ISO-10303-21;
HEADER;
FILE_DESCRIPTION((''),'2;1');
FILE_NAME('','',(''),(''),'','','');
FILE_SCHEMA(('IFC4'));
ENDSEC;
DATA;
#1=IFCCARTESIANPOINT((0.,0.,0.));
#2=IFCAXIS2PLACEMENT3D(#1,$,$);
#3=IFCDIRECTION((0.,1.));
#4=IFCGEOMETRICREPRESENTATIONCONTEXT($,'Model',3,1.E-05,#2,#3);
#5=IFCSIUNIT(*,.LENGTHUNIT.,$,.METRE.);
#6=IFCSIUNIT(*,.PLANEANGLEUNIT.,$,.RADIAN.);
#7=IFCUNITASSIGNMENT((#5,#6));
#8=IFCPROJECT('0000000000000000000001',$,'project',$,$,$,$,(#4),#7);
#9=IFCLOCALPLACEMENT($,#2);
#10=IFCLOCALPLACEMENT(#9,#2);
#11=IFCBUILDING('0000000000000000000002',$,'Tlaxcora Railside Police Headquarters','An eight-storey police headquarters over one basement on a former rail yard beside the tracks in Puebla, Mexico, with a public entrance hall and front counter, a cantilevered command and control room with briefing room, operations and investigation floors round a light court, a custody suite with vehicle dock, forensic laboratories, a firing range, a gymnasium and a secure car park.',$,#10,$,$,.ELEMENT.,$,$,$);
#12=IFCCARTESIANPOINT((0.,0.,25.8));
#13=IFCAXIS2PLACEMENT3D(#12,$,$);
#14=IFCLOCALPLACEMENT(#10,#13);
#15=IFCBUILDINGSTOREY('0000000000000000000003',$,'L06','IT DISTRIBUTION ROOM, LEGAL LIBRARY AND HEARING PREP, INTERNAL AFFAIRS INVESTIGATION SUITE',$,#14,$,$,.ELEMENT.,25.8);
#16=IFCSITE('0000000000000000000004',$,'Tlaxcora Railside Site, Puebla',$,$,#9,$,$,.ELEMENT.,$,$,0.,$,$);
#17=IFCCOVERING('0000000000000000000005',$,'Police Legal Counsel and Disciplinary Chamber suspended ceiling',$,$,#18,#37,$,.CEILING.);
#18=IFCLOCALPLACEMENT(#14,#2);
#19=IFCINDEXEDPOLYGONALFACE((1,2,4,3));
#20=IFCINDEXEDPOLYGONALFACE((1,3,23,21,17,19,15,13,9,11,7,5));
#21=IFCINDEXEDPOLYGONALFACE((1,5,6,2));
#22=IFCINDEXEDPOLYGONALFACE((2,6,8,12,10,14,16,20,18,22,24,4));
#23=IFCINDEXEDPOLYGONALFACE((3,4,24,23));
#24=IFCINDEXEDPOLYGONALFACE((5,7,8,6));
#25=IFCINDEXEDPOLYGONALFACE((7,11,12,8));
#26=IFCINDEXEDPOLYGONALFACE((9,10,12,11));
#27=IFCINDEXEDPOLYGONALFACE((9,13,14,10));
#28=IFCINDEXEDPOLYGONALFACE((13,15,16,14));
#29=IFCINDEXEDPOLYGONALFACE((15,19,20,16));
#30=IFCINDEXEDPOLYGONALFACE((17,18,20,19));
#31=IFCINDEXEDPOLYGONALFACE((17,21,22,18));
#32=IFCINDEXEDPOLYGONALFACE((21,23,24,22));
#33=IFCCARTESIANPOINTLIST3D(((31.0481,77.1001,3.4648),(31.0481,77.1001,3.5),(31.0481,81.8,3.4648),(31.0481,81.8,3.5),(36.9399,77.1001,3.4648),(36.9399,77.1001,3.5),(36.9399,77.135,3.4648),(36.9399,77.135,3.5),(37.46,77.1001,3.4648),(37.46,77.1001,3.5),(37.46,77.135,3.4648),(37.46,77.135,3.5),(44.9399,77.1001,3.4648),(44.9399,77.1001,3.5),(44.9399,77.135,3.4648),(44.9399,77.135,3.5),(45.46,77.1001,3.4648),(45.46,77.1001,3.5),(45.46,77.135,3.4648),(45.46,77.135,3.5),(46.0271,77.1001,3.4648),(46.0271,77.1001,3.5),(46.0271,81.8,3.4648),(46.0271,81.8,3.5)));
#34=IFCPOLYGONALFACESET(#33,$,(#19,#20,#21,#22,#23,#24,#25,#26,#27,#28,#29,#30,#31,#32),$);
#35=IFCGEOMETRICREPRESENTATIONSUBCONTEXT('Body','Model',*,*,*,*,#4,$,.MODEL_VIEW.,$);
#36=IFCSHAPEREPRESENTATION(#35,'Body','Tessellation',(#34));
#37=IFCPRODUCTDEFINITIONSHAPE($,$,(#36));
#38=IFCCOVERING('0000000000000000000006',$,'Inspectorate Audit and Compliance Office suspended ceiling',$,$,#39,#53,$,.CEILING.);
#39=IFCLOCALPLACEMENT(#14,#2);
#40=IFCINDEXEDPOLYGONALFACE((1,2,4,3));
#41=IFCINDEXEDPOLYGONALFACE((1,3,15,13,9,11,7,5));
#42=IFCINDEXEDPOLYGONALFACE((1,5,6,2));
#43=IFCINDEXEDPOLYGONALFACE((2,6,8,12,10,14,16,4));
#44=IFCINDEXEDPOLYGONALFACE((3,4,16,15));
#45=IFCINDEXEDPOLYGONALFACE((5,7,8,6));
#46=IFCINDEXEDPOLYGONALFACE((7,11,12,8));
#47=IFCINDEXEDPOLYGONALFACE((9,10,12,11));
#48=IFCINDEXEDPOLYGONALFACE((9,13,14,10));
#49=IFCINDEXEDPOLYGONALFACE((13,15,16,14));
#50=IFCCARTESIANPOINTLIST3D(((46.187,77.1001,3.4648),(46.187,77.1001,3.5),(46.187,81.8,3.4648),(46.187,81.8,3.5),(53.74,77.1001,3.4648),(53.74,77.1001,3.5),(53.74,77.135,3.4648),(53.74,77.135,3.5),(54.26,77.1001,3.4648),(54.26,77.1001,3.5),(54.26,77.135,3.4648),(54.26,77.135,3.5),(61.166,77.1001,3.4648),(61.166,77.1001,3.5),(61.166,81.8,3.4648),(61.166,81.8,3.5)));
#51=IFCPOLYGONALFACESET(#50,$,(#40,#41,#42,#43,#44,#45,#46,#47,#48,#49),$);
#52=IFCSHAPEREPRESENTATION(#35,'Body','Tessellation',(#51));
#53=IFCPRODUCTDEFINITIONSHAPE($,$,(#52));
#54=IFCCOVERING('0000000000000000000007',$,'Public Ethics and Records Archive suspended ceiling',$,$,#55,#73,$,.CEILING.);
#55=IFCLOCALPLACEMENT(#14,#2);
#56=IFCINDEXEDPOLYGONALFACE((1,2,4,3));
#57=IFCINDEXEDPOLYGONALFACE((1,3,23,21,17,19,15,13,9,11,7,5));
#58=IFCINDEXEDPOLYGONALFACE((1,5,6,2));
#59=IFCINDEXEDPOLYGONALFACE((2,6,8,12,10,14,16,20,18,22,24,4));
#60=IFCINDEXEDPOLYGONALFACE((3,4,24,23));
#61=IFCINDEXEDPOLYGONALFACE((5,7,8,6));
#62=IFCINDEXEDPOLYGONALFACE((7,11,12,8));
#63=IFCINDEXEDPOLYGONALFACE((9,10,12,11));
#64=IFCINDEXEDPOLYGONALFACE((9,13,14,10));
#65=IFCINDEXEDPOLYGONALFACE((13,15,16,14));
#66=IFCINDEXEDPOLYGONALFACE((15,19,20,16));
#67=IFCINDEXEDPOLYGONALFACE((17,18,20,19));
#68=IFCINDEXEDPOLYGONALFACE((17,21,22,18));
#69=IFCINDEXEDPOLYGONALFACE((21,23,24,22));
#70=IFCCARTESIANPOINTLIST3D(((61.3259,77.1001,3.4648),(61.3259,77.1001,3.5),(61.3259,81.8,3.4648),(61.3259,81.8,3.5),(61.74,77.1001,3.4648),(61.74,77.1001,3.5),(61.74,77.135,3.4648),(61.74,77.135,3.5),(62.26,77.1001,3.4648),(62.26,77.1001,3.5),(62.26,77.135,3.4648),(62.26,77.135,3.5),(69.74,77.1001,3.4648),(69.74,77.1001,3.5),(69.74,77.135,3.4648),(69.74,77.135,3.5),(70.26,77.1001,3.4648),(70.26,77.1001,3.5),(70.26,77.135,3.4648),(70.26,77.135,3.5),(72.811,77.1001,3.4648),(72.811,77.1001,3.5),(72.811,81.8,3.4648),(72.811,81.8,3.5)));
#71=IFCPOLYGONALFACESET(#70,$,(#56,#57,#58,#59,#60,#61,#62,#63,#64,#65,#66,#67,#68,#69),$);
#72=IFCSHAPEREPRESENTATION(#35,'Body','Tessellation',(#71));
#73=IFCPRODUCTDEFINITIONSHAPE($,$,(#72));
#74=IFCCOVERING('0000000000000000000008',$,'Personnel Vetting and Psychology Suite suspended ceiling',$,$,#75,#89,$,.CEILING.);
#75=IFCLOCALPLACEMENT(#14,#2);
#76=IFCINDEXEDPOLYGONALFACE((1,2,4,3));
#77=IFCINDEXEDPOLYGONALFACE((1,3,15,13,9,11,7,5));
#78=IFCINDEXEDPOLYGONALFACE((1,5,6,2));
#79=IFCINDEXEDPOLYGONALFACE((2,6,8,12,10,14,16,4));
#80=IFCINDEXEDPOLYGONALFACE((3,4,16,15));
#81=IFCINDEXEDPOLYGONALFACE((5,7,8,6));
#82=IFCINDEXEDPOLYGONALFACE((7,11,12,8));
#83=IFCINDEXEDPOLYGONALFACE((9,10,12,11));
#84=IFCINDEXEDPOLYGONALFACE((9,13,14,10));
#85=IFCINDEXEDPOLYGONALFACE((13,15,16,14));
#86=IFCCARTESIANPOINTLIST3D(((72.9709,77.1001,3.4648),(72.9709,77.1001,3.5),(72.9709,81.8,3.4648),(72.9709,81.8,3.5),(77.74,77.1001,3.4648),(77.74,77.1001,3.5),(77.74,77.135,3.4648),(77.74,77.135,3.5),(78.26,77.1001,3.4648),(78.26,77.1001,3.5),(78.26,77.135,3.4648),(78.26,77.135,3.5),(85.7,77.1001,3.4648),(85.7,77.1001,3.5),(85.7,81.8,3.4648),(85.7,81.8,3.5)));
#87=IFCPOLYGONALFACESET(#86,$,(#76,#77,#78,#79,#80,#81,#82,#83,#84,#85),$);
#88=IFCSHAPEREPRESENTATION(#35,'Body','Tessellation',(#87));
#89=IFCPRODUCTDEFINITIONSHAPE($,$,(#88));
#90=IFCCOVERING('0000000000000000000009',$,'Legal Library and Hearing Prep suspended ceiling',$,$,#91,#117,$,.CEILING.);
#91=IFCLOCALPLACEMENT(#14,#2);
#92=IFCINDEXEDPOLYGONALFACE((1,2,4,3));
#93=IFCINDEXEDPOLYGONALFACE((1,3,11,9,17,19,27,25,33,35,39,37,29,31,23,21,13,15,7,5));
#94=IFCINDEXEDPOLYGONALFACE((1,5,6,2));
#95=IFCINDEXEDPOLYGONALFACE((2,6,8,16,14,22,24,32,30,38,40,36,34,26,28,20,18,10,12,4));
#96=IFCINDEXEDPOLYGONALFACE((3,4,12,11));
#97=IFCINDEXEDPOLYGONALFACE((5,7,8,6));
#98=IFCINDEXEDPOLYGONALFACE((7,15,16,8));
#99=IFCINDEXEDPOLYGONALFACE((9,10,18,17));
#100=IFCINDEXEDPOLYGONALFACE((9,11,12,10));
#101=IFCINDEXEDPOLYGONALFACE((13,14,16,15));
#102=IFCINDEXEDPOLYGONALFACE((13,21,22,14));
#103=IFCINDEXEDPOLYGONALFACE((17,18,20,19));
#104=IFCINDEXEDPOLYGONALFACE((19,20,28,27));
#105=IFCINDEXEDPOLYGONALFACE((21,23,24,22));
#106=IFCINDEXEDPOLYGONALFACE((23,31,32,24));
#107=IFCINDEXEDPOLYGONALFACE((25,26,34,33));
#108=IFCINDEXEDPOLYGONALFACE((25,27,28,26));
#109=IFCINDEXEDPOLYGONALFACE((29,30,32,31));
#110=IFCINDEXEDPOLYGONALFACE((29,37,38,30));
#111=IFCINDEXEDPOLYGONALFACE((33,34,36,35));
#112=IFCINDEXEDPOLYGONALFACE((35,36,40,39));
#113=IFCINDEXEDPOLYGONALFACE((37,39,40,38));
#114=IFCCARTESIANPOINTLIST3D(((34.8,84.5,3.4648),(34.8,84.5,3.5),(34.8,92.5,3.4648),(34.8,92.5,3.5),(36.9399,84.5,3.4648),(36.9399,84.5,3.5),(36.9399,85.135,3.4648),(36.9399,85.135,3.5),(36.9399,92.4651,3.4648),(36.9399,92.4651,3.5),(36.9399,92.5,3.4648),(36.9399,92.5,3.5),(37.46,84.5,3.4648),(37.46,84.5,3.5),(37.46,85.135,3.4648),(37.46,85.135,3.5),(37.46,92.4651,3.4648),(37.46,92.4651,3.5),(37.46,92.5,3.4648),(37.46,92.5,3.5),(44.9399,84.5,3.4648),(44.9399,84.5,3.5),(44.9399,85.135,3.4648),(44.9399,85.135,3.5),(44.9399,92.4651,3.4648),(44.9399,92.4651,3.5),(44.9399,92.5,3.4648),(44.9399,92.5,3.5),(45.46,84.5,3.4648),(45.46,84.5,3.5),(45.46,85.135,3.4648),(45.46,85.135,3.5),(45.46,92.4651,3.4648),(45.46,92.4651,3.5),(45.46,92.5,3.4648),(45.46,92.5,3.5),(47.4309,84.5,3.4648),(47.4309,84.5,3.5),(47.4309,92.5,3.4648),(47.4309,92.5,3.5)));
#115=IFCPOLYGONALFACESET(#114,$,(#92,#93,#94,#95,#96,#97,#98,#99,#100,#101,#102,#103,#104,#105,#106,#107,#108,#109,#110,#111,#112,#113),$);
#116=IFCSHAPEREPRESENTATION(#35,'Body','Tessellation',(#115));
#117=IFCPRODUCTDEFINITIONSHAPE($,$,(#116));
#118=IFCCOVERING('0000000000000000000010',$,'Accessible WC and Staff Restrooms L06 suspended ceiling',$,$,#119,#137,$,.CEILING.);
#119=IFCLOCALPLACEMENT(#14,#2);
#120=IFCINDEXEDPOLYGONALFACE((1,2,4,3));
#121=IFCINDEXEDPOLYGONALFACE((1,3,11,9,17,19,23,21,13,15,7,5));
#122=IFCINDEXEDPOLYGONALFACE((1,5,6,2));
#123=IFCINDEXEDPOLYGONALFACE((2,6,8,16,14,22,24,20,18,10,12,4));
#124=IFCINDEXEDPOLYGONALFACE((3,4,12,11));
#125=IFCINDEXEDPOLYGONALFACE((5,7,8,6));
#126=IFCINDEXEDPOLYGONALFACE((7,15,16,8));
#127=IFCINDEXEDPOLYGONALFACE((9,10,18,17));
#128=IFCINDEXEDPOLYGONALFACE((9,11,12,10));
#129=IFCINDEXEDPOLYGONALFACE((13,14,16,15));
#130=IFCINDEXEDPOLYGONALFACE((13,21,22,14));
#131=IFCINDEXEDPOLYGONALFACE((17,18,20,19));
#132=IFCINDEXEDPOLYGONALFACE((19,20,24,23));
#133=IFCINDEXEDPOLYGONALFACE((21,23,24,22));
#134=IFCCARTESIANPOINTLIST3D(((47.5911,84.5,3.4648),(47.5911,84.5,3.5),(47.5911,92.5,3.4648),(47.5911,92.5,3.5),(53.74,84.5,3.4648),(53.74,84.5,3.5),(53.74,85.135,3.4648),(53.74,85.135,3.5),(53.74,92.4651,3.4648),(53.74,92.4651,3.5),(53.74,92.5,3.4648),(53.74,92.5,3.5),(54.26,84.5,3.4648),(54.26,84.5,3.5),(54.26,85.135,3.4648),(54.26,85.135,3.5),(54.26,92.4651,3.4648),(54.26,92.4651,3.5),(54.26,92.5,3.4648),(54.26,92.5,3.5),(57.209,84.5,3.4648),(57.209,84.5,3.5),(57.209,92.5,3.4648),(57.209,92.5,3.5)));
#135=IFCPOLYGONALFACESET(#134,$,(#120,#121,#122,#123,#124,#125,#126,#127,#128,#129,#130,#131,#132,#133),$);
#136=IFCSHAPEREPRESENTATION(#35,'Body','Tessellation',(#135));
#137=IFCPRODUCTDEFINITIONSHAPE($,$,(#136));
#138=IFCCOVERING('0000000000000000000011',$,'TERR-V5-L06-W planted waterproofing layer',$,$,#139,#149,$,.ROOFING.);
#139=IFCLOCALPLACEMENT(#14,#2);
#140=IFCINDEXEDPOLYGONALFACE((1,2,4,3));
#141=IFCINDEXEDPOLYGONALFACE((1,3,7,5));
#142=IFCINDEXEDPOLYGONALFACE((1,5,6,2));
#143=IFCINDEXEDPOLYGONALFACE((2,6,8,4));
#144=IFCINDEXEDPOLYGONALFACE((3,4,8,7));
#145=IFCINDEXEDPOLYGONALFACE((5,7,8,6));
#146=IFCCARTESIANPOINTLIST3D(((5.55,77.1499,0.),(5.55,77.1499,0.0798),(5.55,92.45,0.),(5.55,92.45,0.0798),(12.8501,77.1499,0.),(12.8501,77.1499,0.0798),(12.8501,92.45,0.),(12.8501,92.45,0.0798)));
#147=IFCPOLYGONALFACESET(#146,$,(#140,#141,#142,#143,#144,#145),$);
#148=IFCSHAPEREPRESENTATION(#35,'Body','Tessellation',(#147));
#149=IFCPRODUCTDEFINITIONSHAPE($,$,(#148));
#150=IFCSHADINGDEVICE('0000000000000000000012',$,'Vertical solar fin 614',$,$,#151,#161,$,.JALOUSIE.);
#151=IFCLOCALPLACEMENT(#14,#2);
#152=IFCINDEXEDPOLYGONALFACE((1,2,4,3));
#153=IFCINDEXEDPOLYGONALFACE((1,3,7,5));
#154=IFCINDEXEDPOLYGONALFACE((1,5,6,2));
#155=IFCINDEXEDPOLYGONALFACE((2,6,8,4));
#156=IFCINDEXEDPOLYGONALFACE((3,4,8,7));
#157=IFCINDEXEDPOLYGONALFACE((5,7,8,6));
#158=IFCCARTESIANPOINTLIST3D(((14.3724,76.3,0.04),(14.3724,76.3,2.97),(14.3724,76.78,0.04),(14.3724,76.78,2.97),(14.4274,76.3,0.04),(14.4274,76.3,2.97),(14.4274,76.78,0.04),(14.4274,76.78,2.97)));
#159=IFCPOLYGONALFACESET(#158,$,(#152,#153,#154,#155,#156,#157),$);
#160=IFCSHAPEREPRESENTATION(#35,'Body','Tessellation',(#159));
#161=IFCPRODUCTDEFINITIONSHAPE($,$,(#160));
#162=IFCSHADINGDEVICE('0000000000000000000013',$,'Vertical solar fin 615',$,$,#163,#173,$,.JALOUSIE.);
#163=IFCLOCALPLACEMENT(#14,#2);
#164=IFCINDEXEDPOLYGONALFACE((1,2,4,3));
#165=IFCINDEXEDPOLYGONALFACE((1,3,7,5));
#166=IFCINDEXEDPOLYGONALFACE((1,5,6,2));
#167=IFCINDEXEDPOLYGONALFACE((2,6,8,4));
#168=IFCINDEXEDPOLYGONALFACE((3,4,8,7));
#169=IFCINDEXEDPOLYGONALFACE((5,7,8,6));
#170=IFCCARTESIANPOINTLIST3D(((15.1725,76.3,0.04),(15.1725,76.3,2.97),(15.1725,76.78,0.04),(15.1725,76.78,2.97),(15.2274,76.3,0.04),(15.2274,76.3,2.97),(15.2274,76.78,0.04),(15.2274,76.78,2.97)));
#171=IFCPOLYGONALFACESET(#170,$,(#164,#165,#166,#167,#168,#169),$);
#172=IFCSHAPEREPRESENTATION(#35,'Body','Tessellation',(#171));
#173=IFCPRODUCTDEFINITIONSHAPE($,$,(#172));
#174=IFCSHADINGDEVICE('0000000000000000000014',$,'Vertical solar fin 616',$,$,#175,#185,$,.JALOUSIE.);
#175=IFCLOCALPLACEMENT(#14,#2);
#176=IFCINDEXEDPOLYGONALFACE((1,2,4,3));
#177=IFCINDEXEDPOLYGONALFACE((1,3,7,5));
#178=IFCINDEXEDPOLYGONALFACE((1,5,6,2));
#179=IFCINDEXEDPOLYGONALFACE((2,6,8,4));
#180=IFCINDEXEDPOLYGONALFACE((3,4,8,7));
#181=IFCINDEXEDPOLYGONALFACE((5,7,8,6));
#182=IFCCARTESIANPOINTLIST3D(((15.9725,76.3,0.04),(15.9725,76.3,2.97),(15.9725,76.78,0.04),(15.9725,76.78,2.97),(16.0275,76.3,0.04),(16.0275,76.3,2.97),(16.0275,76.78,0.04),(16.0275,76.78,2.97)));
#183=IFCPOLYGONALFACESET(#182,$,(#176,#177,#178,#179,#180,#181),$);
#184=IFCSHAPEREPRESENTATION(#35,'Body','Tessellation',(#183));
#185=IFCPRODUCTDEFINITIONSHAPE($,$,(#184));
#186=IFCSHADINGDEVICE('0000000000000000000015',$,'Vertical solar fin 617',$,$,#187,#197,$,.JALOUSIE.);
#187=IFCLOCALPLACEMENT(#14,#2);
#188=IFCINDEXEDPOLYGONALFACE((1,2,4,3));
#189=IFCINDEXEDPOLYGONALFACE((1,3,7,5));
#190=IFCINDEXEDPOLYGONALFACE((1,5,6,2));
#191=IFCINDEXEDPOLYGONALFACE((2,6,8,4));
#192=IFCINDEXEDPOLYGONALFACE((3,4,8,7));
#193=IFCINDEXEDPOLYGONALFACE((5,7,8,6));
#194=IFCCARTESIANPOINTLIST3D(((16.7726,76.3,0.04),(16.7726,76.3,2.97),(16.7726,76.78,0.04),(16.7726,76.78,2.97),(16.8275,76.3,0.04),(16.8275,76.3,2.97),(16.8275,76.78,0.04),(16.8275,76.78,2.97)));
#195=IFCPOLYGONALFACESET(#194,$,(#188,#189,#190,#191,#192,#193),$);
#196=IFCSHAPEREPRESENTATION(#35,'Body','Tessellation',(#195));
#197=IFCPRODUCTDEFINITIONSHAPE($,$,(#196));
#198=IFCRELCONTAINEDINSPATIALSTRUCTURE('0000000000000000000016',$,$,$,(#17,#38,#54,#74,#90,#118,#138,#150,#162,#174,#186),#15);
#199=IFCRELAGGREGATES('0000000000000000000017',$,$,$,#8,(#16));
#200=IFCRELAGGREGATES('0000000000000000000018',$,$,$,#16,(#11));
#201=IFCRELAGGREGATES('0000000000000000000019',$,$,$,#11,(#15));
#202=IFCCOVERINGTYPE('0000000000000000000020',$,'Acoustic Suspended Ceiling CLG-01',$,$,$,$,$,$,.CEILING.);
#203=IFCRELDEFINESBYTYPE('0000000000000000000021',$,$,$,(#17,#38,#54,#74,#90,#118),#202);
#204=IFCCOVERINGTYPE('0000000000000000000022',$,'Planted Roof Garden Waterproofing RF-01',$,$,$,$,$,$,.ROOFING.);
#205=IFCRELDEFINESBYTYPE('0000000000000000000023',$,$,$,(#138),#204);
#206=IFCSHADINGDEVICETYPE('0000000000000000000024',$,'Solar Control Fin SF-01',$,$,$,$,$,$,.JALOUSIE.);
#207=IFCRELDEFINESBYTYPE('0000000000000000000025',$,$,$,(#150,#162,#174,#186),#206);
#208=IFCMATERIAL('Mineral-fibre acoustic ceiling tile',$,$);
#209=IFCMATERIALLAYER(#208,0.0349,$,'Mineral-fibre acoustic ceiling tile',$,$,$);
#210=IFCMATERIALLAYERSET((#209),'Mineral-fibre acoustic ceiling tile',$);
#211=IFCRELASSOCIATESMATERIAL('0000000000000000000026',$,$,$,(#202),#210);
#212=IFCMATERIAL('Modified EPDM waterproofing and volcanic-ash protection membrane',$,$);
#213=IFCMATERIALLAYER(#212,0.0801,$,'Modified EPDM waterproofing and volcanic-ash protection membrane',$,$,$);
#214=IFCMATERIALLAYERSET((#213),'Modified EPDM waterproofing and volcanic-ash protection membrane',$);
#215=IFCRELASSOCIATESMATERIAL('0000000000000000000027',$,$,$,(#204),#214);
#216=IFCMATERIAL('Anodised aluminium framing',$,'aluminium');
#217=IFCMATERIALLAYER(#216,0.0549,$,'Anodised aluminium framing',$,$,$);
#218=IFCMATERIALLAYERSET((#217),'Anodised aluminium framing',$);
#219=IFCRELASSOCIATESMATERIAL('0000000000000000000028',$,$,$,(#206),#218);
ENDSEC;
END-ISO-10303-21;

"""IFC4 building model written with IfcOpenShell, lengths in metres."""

from ifc_helpers import new_model, si_unit, direction, frame, origin, origin_2d, place, context, subcontext, project, spatial, polyline, rectangle, outline, extrude, material, layer, layer_set, type_object, element, save


model = new_model("IFC4")

# Units and contexts
model_context = context("Model", 3, precision=1e-05, world=origin(), true_north=direction((0.0, 1.0)))
body_context = subcontext(model_context, "Body", "Model", "MODEL_VIEW")
ifc_project = project(units=[si_unit("LENGTHUNIT", "METRE"), si_unit("PLANEANGLEUNIT", "RADIAN")], contexts=[model_context])

# Site, building, storey
site_placement = place(None, origin())
site = spatial("IfcSite", under=ifc_project, at=site_placement, Name="Tlaxcora Railside Site, Puebla", CompositionType="ELEMENT", RefElevation=0.0)
building_placement = place(site_placement, origin())
building = spatial("IfcBuilding", under=site, at=building_placement, Name="Tlaxcora Railside Police Headquarters", Description="An eight-storey police headquarters over one basement on a former rail yard beside the tracks in Puebla, Mexico, with a public entrance hall and front counter, a cantilevered command and control room with briefing room, operations and investigation floors round a light court, a custody suite with vehicle dock, forensic laboratories, a firing range, a gymnasium and a secure car park.", CompositionType="ELEMENT")
storey_placement = place(building_placement, frame((0.0, 0.0, 25.8)))
storey = spatial("IfcBuildingStorey", under=building, at=storey_placement, Name="L06", Description="IT DISTRIBUTION ROOM, LEGAL LIBRARY AND HEARING PREP, INTERNAL AFFAIRS INVESTIGATION SUITE", CompositionType="ELEMENT", Elevation=25.8)

# Coverings
ifc_material_1 = material(Name="Mineral-fibre acoustic ceiling tile")
ifc_layer_1 = layer(ifc_material_1, 0.0349, Name="Mineral-fibre acoustic ceiling tile")
ifc_layer_set_1 = layer_set([ifc_layer_1], Name="Mineral-fibre acoustic ceiling tile")
covering_type_1 = type_object("IfcCoveringType", Name="Acoustic Suspended Ceiling CLG-01", PredefinedType="CEILING", material=ifc_layer_set_1)
covering_1_placement = place(storey_placement, frame((0.0, 0.0, 3.4648)))
element("IfcCovering", 1, at=covering_1_placement, inside=storey, type_object=covering_type_1, Name="Police Legal Counsel and Disciplinary Chamber suspended ceiling", PredefinedType="CEILING", context=body_context, shape_type="SweptSolid", body=[
    extrude(outline(polyline([(46.0271, 77.1001), (46.0271, 81.8), (31.0481, 81.8), (31.0481, 77.1001), (36.9399, 77.1001), (36.9399, 77.135), (37.46, 77.135), (37.46, 77.1001), (44.9399, 77.1001), (44.9399, 77.135), (45.46, 77.135), (45.46, 77.1001), (46.0271, 77.1001)])), origin(), (0.0, 0.0, 1.0), 0.0352),
])
covering_2_placement = place(storey_placement, frame((0.0, 0.0, 3.4648)))
element("IfcCovering", 2, at=covering_2_placement, inside=storey, type_object=covering_type_1, Name="Inspectorate Audit and Compliance Office suspended ceiling", PredefinedType="CEILING", context=body_context, shape_type="SweptSolid", body=[
    extrude(outline(polyline([(61.166, 81.8), (46.187, 81.8), (46.187, 77.1001), (53.74, 77.1001), (53.74, 77.135), (54.26, 77.135), (54.26, 77.1001), (61.166, 77.1001), (61.166, 81.8)])), origin(), (0.0, 0.0, 1.0), 0.0352),
])
covering_3_placement = place(storey_placement, frame((0.0, 0.0, 3.4648)))
element("IfcCovering", 3, at=covering_3_placement, inside=storey, type_object=covering_type_1, Name="Public Ethics and Records Archive suspended ceiling", PredefinedType="CEILING", context=body_context, shape_type="SweptSolid", body=[
    extrude(outline(polyline([(72.811, 77.1001), (72.811, 81.8), (61.3259, 81.8), (61.3259, 77.1001), (61.74, 77.1001), (61.74, 77.135), (62.26, 77.135), (62.26, 77.1001), (69.74, 77.1001), (69.74, 77.135), (70.26, 77.135), (70.26, 77.1001), (72.811, 77.1001)])), origin(), (0.0, 0.0, 1.0), 0.0352),
])
covering_4_placement = place(storey_placement, frame((0.0, 0.0, 3.4648)))
element("IfcCovering", 4, at=covering_4_placement, inside=storey, type_object=covering_type_1, Name="Personnel Vetting and Psychology Suite suspended ceiling", PredefinedType="CEILING", context=body_context, shape_type="SweptSolid", body=[
    extrude(outline(polyline([(85.7, 81.8), (72.9709, 81.8), (72.9709, 77.1001), (77.74, 77.1001), (77.74, 77.135), (78.26, 77.135), (78.26, 77.1001), (85.7, 77.1001), (85.7, 81.8)])), origin(), (0.0, 0.0, 1.0), 0.0352),
])
covering_5_placement = place(storey_placement, frame((0.0, 0.0, 3.4648)))
element("IfcCovering", 5, at=covering_5_placement, inside=storey, type_object=covering_type_1, Name="Legal Library and Hearing Prep suspended ceiling", PredefinedType="CEILING", context=body_context, shape_type="SweptSolid", body=[
    extrude(outline(polyline([(37.46, 85.135), (37.46, 84.5), (44.9399, 84.5), (44.9399, 85.135), (45.46, 85.135), (45.46, 84.5), (47.4309, 84.5), (47.4309, 92.5), (45.46, 92.5), (45.46, 92.4651), (44.9399, 92.4651), (44.9399, 92.5), (37.46, 92.5), (37.46, 92.4651), (36.9399, 92.4651), (36.9399, 92.5), (34.8, 92.5), (34.8, 84.5), (36.9399, 84.5), (36.9399, 85.135), (37.46, 85.135)])), origin(), (0.0, 0.0, 1.0), 0.0352),
])
covering_6_placement = place(storey_placement, frame((0.0, 0.0, 3.4648)))
element("IfcCovering", 6, at=covering_6_placement, inside=storey, type_object=covering_type_1, Name="Accessible WC and Staff Restrooms L06 suspended ceiling", PredefinedType="CEILING", context=body_context, shape_type="SweptSolid", body=[
    extrude(outline(polyline([(57.209, 84.5), (57.209, 92.5), (54.26, 92.5), (54.26, 92.4651), (53.74, 92.4651), (53.74, 92.5), (47.5911, 92.5), (47.5911, 84.5), (53.74, 84.5), (53.74, 85.135), (54.26, 85.135), (54.26, 84.5), (57.209, 84.5)])), origin(), (0.0, 0.0, 1.0), 0.0352),
])
ifc_material_2 = material(Name="Modified EPDM waterproofing and volcanic-ash protection membrane")
ifc_layer_2 = layer(ifc_material_2, 0.0801, Name="Modified EPDM waterproofing and volcanic-ash protection membrane")
ifc_layer_set_2 = layer_set([ifc_layer_2], Name="Modified EPDM waterproofing and volcanic-ash protection membrane")
covering_type_2 = type_object("IfcCoveringType", Name="Planted Roof Garden Waterproofing RF-01", PredefinedType="ROOFING", material=ifc_layer_set_2)
covering_7_placement = place(storey_placement, origin())
element("IfcCovering", 7, at=covering_7_placement, inside=storey, type_object=covering_type_2, Name="TERR-V5-L06-W planted waterproofing layer", PredefinedType="ROOFING", context=body_context, shape_type="SweptSolid", body=[
    extrude(outline(polyline([(12.8501, 77.1499), (12.8501, 92.45), (5.55, 92.45), (5.55, 77.1499), (12.8501, 77.1499)])), origin(), (0.0, 0.0, 1.0), 0.0798),
])

# Shading devices
ifc_material_3 = material(Name="Anodised aluminium framing", Category="aluminium")
ifc_layer_3 = layer(ifc_material_3, 0.0549, Name="Anodised aluminium framing")
ifc_layer_set_3 = layer_set([ifc_layer_3], Name="Anodised aluminium framing")
shading_device_type = type_object("IfcShadingDeviceType", Name="Solar Control Fin SF-01", PredefinedType="JALOUSIE", material=ifc_layer_set_3)
for number, where, z_axis, x_axis, name in (
    (8, (14.3999, 76.54, 0.04), (0.0, 0.0, 1.0), (0.0, -1.0, 0.0), "Vertical solar fin 614"),
    (9, (15.2, 76.54, 0.04), (0.0, 0.0, 1.0), (0.0, -1.0, 0.0), "Vertical solar fin 615"),
    (10, (16.0, 76.54, 0.04), (0.0, 0.0, 1.0), (0.0, -1.0, 0.0), "Vertical solar fin 616"),
    (11, (16.8, 76.54, 0.04), (0.0, 0.0, 1.0), (0.0, -1.0, 0.0), "Vertical solar fin 617"),
):
    element("IfcShadingDevice", number, at=place(storey_placement, frame(where, z_axis=z_axis, x_axis=x_axis)), inside=storey, type_object=shading_device_type, Name=name, PredefinedType="JALOUSIE", context=body_context, shape_type="SweptSolid", body=[
        extrude(rectangle(XDim=0.48, YDim=0.0549, at=origin_2d()), origin(), (0.0, 0.0, 1.0), 2.9299),
    ])

save(model, "model.ifc")
